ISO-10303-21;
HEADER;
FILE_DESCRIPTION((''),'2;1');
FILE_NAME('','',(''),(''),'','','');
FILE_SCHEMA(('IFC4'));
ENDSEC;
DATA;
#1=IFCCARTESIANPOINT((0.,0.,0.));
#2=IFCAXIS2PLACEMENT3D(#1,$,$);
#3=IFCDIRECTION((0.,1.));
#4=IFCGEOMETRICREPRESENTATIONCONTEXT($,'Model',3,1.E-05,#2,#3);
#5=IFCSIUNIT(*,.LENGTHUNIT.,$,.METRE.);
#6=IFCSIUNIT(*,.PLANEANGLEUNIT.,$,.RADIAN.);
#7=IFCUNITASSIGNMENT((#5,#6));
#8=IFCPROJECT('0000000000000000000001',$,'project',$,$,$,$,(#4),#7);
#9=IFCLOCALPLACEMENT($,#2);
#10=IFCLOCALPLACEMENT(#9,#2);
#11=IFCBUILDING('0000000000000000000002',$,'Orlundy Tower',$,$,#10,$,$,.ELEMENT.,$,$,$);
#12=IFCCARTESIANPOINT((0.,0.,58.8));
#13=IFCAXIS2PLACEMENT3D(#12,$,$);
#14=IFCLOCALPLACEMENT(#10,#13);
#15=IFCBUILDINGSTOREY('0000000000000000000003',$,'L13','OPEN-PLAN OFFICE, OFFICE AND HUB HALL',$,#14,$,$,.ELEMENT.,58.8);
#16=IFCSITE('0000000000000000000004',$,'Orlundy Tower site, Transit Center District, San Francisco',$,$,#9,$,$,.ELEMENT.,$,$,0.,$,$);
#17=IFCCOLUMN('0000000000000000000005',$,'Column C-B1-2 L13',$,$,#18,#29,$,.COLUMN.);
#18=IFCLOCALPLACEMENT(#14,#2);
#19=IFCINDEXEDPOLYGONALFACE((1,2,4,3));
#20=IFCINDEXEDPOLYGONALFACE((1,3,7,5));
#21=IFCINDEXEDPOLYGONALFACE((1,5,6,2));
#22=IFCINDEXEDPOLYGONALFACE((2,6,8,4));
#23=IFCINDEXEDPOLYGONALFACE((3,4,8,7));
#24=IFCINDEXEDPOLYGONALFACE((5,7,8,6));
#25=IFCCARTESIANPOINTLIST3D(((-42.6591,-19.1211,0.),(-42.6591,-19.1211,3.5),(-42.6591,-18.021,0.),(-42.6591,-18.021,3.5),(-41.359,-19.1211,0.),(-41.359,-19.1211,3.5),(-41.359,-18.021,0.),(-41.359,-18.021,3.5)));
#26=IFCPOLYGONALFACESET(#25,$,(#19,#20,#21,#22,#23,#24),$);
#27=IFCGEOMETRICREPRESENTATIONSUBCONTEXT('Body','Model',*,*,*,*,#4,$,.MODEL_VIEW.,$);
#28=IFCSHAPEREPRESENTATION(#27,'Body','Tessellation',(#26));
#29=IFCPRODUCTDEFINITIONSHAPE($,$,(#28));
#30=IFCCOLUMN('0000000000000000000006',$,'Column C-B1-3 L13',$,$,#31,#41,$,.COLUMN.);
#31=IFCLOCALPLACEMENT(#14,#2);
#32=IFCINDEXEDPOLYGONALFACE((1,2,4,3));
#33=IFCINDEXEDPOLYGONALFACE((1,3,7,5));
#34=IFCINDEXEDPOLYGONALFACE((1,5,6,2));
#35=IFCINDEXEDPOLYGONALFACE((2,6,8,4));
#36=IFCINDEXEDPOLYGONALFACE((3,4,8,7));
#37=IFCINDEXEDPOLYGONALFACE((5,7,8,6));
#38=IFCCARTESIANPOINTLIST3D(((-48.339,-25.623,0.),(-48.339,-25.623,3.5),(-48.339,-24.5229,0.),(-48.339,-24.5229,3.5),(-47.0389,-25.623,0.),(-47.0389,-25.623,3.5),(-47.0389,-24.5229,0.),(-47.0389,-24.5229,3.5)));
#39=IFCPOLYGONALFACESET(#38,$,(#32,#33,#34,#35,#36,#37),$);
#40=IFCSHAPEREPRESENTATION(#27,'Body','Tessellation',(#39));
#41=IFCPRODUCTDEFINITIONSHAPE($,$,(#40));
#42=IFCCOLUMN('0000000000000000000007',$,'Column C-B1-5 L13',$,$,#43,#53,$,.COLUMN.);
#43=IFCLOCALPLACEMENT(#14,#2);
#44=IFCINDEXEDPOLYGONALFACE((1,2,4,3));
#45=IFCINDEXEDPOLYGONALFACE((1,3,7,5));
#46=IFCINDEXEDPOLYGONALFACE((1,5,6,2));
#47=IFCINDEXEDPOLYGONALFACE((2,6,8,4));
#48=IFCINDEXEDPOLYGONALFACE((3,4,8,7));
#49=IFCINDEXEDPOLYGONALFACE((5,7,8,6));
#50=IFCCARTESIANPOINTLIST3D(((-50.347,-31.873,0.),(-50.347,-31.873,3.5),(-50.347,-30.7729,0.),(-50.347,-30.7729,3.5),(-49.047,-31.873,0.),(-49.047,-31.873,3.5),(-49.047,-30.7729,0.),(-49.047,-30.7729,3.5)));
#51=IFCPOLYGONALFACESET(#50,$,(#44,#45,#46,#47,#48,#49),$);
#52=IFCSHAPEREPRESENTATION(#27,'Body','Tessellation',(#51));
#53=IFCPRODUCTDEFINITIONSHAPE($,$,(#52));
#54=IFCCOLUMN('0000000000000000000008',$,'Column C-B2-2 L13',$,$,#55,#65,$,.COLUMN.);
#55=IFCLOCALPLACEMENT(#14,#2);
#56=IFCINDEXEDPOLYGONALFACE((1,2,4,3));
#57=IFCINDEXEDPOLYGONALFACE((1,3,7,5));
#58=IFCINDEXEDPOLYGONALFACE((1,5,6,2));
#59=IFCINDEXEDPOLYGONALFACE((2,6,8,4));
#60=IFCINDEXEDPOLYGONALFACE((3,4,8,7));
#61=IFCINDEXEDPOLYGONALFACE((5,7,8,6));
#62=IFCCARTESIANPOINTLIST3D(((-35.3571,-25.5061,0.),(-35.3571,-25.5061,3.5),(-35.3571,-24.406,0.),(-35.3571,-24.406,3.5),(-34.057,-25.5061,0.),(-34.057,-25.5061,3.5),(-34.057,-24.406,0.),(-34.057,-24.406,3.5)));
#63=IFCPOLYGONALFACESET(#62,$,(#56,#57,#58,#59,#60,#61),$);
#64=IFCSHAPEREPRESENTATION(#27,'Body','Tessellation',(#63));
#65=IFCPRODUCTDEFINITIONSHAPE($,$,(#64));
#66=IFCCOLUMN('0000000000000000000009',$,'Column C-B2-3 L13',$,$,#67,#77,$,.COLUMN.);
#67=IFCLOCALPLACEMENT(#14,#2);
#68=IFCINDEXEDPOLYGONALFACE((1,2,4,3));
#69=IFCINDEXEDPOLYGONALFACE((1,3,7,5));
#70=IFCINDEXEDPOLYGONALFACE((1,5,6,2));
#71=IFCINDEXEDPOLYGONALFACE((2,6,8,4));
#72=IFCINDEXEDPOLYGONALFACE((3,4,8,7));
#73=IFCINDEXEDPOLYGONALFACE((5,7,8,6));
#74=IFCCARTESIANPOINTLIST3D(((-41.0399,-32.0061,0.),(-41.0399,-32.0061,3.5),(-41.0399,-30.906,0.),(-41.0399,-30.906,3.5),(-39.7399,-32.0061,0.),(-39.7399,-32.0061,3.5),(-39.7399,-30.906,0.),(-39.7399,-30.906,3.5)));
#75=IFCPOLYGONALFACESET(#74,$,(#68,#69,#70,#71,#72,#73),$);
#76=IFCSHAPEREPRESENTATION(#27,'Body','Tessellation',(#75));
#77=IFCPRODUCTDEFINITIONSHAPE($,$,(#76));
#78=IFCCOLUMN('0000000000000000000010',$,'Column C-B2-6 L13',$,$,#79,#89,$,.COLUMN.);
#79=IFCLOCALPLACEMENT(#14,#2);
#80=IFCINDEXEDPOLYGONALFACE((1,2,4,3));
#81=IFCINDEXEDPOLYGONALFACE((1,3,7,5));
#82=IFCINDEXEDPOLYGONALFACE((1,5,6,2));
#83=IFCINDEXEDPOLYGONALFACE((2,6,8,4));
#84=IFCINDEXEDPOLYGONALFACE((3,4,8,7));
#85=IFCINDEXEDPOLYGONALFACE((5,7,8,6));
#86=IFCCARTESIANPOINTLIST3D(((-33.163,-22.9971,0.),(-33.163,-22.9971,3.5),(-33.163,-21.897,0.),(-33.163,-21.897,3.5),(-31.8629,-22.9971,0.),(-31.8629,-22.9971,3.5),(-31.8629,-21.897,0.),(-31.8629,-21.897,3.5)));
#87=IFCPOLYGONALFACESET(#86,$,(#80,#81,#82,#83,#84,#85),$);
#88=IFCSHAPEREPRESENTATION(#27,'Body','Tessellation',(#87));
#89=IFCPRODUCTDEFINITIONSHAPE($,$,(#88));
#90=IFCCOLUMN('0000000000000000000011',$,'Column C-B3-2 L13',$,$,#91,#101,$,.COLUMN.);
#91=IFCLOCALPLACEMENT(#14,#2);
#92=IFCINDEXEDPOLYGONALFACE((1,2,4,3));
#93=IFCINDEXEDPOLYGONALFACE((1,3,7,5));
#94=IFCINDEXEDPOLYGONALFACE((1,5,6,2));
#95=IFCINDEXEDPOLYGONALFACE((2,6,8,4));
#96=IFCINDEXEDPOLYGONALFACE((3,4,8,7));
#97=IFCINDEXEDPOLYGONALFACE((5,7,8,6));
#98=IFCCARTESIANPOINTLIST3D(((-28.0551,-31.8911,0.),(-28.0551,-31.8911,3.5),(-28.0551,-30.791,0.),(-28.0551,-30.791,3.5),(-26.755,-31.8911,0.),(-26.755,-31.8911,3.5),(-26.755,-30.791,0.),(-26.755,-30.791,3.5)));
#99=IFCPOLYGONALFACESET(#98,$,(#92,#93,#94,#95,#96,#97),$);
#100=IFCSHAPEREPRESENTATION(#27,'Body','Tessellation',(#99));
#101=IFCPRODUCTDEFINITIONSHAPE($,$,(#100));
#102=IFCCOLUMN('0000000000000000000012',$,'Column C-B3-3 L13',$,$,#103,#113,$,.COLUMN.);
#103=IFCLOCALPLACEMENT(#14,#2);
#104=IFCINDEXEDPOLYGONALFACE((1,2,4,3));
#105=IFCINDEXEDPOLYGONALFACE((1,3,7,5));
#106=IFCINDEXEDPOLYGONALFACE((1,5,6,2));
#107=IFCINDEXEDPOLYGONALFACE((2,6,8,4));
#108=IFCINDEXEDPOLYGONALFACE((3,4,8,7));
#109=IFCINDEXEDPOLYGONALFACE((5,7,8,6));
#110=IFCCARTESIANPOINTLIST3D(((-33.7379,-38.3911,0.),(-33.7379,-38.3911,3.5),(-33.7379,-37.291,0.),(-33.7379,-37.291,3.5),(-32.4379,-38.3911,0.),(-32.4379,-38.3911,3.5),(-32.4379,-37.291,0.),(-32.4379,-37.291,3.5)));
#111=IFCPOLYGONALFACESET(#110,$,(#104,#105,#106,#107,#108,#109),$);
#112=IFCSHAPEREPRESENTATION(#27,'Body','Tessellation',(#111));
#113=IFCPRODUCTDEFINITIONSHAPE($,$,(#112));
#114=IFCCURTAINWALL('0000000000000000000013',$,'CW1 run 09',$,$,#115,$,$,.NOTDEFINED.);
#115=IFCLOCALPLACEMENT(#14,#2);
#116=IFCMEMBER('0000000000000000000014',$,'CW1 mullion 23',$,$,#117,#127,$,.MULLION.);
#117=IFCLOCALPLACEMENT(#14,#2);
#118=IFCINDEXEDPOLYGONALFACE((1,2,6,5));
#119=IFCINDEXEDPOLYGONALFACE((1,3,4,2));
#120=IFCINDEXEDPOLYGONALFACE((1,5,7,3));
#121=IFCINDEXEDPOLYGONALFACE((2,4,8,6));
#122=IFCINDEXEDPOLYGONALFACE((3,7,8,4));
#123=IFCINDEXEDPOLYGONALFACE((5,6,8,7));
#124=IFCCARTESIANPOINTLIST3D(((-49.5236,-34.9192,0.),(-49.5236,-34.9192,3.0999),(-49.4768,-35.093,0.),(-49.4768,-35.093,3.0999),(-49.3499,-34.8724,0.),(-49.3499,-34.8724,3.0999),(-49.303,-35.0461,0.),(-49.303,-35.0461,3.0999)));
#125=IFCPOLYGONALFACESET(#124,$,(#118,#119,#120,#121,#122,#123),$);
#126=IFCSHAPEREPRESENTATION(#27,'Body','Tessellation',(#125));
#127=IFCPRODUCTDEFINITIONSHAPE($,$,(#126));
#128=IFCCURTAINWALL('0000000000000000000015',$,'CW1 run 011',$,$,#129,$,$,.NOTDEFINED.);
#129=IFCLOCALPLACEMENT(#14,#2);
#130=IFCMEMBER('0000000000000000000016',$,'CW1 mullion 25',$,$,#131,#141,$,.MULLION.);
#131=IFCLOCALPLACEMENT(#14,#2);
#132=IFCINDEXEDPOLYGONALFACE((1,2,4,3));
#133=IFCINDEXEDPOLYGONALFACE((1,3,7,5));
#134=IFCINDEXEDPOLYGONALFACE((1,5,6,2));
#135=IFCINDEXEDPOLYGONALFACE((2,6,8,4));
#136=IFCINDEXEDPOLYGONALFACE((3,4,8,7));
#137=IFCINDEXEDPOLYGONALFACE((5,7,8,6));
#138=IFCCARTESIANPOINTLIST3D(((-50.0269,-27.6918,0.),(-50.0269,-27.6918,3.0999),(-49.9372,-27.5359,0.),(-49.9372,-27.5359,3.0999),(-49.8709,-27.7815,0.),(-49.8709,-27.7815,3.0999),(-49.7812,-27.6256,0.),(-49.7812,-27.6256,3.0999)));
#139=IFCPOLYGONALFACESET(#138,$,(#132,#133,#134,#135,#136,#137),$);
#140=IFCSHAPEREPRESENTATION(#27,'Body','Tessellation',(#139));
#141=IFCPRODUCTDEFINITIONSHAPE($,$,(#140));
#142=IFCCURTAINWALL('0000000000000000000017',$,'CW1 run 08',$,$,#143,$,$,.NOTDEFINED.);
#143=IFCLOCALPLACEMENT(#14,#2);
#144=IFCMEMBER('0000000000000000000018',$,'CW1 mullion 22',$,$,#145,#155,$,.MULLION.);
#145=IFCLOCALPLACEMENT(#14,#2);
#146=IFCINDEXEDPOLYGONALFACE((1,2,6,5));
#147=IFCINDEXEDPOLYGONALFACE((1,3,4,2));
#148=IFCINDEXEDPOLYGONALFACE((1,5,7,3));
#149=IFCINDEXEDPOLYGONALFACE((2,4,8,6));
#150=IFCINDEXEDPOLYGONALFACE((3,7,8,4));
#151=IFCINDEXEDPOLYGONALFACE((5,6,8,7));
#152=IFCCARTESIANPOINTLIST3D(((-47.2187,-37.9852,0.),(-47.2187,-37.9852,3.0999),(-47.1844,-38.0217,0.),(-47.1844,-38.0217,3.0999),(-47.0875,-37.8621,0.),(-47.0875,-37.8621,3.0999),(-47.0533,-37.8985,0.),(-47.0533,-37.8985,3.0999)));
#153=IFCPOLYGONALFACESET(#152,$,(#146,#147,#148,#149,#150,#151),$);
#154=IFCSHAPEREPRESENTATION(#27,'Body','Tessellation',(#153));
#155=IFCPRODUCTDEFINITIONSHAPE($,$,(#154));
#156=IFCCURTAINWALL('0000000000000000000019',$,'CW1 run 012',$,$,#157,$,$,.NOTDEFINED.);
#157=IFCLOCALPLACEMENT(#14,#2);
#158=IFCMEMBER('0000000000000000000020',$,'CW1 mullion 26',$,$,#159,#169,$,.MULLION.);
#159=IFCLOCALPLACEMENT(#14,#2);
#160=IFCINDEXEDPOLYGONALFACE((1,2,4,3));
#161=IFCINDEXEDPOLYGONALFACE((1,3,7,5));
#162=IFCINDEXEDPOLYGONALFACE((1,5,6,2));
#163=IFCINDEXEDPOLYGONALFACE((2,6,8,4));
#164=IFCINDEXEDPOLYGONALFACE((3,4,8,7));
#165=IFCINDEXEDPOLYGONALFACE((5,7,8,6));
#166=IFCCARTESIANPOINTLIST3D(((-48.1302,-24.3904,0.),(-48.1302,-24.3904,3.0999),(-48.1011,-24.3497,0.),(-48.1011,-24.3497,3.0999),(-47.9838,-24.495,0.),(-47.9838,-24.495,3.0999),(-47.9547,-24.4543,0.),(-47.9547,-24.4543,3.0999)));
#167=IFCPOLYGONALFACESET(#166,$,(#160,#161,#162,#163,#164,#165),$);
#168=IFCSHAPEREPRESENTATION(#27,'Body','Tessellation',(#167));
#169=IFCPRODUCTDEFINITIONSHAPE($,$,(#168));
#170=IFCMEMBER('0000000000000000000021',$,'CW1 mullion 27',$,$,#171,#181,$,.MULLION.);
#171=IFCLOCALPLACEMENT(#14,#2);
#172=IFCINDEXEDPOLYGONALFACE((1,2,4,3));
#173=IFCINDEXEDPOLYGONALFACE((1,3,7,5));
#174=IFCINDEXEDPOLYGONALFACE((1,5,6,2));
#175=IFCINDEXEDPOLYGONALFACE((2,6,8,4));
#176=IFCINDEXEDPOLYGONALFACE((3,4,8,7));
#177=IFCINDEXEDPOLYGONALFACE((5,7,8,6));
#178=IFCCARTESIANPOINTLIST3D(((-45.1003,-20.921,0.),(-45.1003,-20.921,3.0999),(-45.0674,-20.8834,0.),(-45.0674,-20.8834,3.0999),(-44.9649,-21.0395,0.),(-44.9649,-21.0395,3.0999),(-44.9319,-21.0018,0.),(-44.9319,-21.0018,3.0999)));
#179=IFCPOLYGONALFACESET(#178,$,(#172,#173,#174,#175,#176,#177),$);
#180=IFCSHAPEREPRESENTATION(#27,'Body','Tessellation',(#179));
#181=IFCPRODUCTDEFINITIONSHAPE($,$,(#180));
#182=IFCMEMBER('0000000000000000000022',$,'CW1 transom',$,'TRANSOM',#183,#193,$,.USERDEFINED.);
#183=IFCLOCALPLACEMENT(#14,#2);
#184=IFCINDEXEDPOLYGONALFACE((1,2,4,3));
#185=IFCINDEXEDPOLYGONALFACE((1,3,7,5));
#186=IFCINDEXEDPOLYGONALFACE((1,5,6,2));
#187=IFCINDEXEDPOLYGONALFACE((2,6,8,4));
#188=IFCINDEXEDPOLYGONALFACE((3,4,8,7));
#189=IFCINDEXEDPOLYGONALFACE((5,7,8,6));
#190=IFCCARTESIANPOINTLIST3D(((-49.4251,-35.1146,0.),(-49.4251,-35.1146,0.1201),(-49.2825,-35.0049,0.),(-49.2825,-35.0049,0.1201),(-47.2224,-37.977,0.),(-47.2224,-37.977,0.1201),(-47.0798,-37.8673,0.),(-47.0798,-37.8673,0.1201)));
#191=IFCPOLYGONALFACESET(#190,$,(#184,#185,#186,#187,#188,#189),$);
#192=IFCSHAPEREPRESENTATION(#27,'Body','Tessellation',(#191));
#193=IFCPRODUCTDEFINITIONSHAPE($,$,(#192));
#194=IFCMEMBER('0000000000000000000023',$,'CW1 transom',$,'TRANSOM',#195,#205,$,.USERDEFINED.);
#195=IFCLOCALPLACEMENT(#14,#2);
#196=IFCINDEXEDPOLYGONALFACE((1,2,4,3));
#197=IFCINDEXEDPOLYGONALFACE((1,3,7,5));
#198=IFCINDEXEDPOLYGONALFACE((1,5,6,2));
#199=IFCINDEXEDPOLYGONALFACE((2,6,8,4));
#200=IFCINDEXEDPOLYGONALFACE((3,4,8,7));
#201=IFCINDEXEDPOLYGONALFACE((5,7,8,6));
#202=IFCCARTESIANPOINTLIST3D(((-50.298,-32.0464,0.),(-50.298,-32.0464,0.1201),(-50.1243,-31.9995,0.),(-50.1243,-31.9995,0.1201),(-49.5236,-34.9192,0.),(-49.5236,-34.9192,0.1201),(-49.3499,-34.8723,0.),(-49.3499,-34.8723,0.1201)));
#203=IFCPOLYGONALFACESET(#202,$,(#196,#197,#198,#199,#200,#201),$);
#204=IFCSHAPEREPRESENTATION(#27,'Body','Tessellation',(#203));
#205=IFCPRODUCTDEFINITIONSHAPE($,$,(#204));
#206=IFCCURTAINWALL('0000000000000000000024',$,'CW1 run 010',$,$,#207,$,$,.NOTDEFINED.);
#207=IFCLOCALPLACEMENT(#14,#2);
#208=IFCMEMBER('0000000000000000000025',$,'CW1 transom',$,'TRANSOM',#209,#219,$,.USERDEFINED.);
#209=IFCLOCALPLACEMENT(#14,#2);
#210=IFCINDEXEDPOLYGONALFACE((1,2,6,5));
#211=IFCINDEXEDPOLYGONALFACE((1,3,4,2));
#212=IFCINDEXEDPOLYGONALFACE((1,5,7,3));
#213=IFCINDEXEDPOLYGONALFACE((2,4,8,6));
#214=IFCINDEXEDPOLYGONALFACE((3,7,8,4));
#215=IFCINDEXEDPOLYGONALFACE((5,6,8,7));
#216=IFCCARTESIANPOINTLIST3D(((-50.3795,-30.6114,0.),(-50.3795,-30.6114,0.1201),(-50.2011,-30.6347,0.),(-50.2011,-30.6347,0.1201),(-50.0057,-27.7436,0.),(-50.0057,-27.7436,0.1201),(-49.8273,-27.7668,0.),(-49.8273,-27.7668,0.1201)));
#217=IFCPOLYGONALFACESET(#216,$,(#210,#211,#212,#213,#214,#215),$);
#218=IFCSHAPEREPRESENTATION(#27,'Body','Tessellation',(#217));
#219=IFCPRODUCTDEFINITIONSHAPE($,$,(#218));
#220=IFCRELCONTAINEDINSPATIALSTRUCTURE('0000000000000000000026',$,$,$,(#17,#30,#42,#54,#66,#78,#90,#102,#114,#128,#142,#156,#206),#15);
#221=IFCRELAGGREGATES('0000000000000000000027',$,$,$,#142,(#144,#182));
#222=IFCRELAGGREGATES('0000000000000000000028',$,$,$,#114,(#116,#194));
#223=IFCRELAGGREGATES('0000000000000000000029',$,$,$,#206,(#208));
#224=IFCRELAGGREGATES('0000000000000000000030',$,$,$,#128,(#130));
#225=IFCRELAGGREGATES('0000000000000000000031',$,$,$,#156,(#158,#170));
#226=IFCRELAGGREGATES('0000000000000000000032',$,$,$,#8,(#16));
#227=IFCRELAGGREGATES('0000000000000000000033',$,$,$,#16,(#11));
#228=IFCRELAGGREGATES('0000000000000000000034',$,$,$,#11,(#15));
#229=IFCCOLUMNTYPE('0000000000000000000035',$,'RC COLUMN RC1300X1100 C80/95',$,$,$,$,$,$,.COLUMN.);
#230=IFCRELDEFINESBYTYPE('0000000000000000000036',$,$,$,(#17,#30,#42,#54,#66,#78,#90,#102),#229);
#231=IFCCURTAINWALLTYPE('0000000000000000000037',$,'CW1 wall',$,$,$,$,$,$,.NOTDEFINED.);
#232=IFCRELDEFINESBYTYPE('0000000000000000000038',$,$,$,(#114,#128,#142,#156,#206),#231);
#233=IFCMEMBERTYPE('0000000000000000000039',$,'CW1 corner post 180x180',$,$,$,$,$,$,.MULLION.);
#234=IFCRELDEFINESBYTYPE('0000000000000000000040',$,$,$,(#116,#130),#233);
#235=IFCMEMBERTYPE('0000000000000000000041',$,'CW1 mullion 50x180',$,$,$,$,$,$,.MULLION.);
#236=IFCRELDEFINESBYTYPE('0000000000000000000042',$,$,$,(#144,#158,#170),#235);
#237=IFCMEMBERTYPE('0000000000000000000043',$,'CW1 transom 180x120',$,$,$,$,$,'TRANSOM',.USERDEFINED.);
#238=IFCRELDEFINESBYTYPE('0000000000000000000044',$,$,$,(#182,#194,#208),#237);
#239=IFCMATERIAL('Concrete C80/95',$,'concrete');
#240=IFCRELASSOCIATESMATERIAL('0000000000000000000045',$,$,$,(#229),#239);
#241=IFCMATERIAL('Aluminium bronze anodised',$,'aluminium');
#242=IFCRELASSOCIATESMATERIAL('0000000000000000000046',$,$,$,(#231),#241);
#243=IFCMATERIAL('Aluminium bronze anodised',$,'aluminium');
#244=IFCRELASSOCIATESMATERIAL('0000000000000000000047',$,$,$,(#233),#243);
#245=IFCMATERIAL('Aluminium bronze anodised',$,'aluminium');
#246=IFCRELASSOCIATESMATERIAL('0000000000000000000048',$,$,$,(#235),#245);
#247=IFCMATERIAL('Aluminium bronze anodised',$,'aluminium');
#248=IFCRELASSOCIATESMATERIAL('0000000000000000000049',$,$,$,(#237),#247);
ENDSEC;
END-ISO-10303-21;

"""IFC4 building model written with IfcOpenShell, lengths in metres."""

from ifc_helpers import new_model, si_unit, direction, frame, origin, origin_2d, place, context, subcontext, project, spatial, rectangle, extrude, material, material_profile, profile_set, type_object, element, aggregate, save


model = new_model("IFC4")

# Units and contexts
model_context = context("Model", 3, precision=1e-05, world=origin(), true_north=direction((0.0, 1.0)))
body_context = subcontext(model_context, "Body", "Model", "MODEL_VIEW")
ifc_project = project(units=[si_unit("LENGTHUNIT", "METRE"), si_unit("PLANEANGLEUNIT", "RADIAN")], contexts=[model_context])

# Site, building, storey
site_placement = place(None, origin())
site = spatial("IfcSite", under=ifc_project, at=site_placement, Name="Orlundy Tower site, Transit Center District, San Francisco", CompositionType="ELEMENT", RefElevation=0.0)
building_placement = place(site_placement, origin())
building = spatial("IfcBuilding", under=site, at=building_placement, Name="Orlundy Tower", CompositionType="ELEMENT")
storey_placement = place(building_placement, frame((0.0, 0.0, 58.8)))
storey = spatial("IfcBuildingStorey", under=building, at=storey_placement, Name="L13", Description="OPEN-PLAN OFFICE, OFFICE AND HUB HALL", CompositionType="ELEMENT", Elevation=58.8)

# Columns
ifc_material_1 = material(Name="Concrete C80/95", Category="concrete")
ifc_material_profile_1 = material_profile(ifc_material_1, rectangle(XDim=1.3, YDim=1.1001, at=origin_2d()), Name="RC1300X1100")
ifc_profile_set_1 = profile_set([ifc_material_profile_1], Name="Concrete C80/95")
column_type = type_object("IfcColumnType", Name="RC COLUMN RC1300X1100 C80/95", PredefinedType="COLUMN", material=ifc_profile_set_1)
for number, where, z_axis, x_axis, name in (
    (1, (-42.009, -18.571, 0.0), (0.0, 0.0, 1.0), (1.0, 0.0, 0.0), "Column C-B1-2 L13"),
    (2, (-47.689, -25.073, 0.0), (0.0, 0.0, 1.0), (1.0, 0.0, 0.0), "Column C-B1-3 L13"),
    (3, (-49.697, -31.323, 0.0), (0.0, 0.0, 1.0), (1.0, 0.0, 0.0), "Column C-B1-5 L13"),
    (4, (-34.707, -24.9561, 0.0), (0.0, 0.0, 1.0), (1.0, 0.0, 0.0), "Column C-B2-2 L13"),
    (5, (-40.3899, -31.4561, 0.0), (0.0, 0.0, 1.0), (1.0, 0.0, 0.0), "Column C-B2-3 L13"),
    (6, (-32.5129, -22.447, 0.0), (0.0, 0.0, 1.0), (1.0, 0.0, 0.0), "Column C-B2-6 L13"),
    (7, (-27.405, -31.3411, 0.0), (0.0, 0.0, 1.0), (1.0, 0.0, 0.0), "Column C-B3-2 L13"),
    (8, (-33.0879, -37.8411, 0.0), (0.0, 0.0, 1.0), (1.0, 0.0, 0.0), "Column C-B3-3 L13"),
):
    element("IfcColumn", number, at=place(storey_placement, frame(where, z_axis=z_axis, x_axis=x_axis)), inside=storey, type_object=column_type, Name=name, PredefinedType="COLUMN", context=body_context, shape_type="SweptSolid", body=[
        extrude(rectangle(XDim=1.3, YDim=1.1001, at=origin_2d()), origin(), (0.0, 0.0, 1.0), 3.5),
    ])

# Curtain walls, members
ifc_material_2 = material(Name="Aluminium bronze anodised", Category="aluminium")
curtain_wall_type = type_object("IfcCurtainWallType", Name="CW1 wall", PredefinedType="NOTDEFINED", material=ifc_material_2)
curtain_wall_1_placement = place(storey_placement, origin())
curtain_wall_1 = element("IfcCurtainWall", 9, at=curtain_wall_1_placement, inside=storey, type_object=curtain_wall_type, Name="CW1 run 09", PredefinedType="NOTDEFINED")
ifc_material_3 = material(Name="Aluminium bronze anodised", Category="aluminium")
ifc_material_profile_2 = material_profile(ifc_material_3, rectangle(XDim=0.1799, YDim=0.1799, at=origin_2d()), Name="CW1 corner post 180x180")
ifc_profile_set_2 = profile_set([ifc_material_profile_2], Name="Aluminium bronze anodised")
member_type_1 = type_object("IfcMemberType", Name="CW1 corner post 180x180", PredefinedType="MULLION", material=ifc_profile_set_2)
member_1_placement = place(storey_placement, frame((-49.4133, -34.9827, 0.0), z_axis=(0.0, 0.0, 1.0), x_axis=(-0.965519, -0.260331, 0.0)))
member_1 = element("IfcMember", 10, at=member_1_placement, type_object=member_type_1, Name="CW1 mullion 23", PredefinedType="MULLION", context=body_context, shape_type="SweptSolid", body=[
    extrude(rectangle(XDim=0.1799, YDim=0.1799, at=origin_2d()), origin(), (0.0, 0.0, 1.0), 3.0999),
])
curtain_wall_2_placement = place(storey_placement, origin())
curtain_wall_2 = element("IfcCurtainWall", 11, at=curtain_wall_2_placement, inside=storey, type_object=curtain_wall_type, Name="CW1 run 011", PredefinedType="NOTDEFINED")
member_2_placement = place(storey_placement, frame((-49.9041, -27.6587, 0.0), z_axis=(0.0, 0.0, 1.0), x_axis=(-0.866845, 0.498578, 0.0)))
member_2 = element("IfcMember", 12, at=member_2_placement, type_object=member_type_1, Name="CW1 mullion 25", PredefinedType="MULLION", context=body_context, shape_type="SweptSolid", body=[
    extrude(rectangle(XDim=0.1799, YDim=0.1799, at=origin_2d()), origin(), (0.0, 0.0, 1.0), 3.0999),
])
curtain_wall_3_placement = place(storey_placement, origin())
curtain_wall_3 = element("IfcCurtainWall", 13, at=curtain_wall_3_placement, inside=storey, type_object=curtain_wall_type, Name="CW1 run 08", PredefinedType="NOTDEFINED")
ifc_material_4 = material(Name="Aluminium bronze anodised", Category="aluminium")
ifc_material_profile_3 = material_profile(ifc_material_4, rectangle(XDim=0.1799, YDim=0.05, at=origin_2d()), Name="CW1 mullion 50x180")
ifc_profile_set_3 = profile_set([ifc_material_profile_3], Name="Aluminium bronze anodised")
member_type_2 = type_object("IfcMemberType", Name="CW1 mullion 50x180", PredefinedType="MULLION", material=ifc_profile_set_3)
member_3_placement = place(storey_placement, frame((-47.136, -37.9419, 0.0), z_axis=(0.0, 0.0, 1.0), x_axis=(-0.728889, -0.684632, 0.0)))
member_3 = element("IfcMember", 14, at=member_3_placement, type_object=member_type_2, Name="CW1 mullion 22", PredefinedType="MULLION", context=body_context, shape_type="SweptSolid", body=[
    extrude(rectangle(XDim=0.1799, YDim=0.05, at=origin_2d()), origin(), (0.0, 0.0, 1.0), 3.0999),
])

# Curtain wall, members
curtain_wall_4_placement = place(storey_placement, origin())
curtain_wall_4 = element("IfcCurtainWall", 15, at=curtain_wall_4_placement, inside=storey, type_object=curtain_wall_type, Name="CW1 run 012", PredefinedType="NOTDEFINED")
member_4_placement = place(storey_placement, frame((-48.0425, -24.4224, 0.0), z_axis=(0.0, 0.0, 1.0), x_axis=(-0.813739, 0.58123, 0.0)))
member_4 = element("IfcMember", 16, at=member_4_placement, type_object=member_type_2, Name="CW1 mullion 26", PredefinedType="MULLION", context=body_context, shape_type="SweptSolid", body=[
    extrude(rectangle(XDim=0.1799, YDim=0.05, at=origin_2d()), origin(), (0.0, 0.0, 1.0), 3.0999),
])
member_5_placement = place(storey_placement, frame((-45.0161, -20.9614, 0.0), z_axis=(0.0, 0.0, 1.0), x_axis=(-0.752779, 0.658273, 0.0)))
member_5 = element("IfcMember", 17, at=member_5_placement, type_object=member_type_2, Name="CW1 mullion 27", PredefinedType="MULLION", context=body_context, shape_type="SweptSolid", body=[
    extrude(rectangle(XDim=0.1799, YDim=0.05, at=origin_2d()), origin(), (0.0, 0.0, 1.0), 3.0999),
])

# Members
ifc_material_5 = material(Name="Aluminium bronze anodised", Category="aluminium")
ifc_material_profile_4 = material_profile(ifc_material_5, rectangle(XDim=0.1799, YDim=0.1201, at=origin_2d()), Name="CW1 transom 180x120")
ifc_profile_set_4 = profile_set([ifc_material_profile_4], Name="Aluminium bronze anodised")
member_type_3 = type_object("IfcMemberType", Name="CW1 transom 180x120", ElementType="TRANSOM", PredefinedType="USERDEFINED", material=ifc_profile_set_4)
member_6_placement = place(storey_placement, frame((-47.1511, -37.9221, 0.0601), z_axis=(-0.609861, 0.792508, 0.0), x_axis=(-0.792508, -0.609861, 0.0)))
member_6 = element("IfcMember", 18, at=member_6_placement, type_object=member_type_3, Name="CW1 transom", ObjectType="TRANSOM", PredefinedType="USERDEFINED", context=body_context, shape_type="SweptSolid", body=[
    extrude(rectangle(XDim=0.1799, YDim=0.1201, at=origin_2d()), origin(), (0.0, 0.0, 1.0), 3.6118),
])
member_7_placement = place(storey_placement, frame((-49.4368, -34.8958, 0.0601), z_axis=(-0.260277, 0.965534, 0.0), x_axis=(-0.965534, -0.260277, 0.0)))
member_7 = element("IfcMember", 19, at=member_7_placement, type_object=member_type_3, Name="CW1 transom", ObjectType="TRANSOM", PredefinedType="USERDEFINED", context=body_context, shape_type="SweptSolid", body=[
    extrude(rectangle(XDim=0.1799, YDim=0.1201, at=origin_2d()), origin(), (0.0, 0.0, 1.0), 2.9753),
])

# Curtain wall, member
curtain_wall_5_placement = place(storey_placement, origin())
curtain_wall_5 = element("IfcCurtainWall", 20, at=curtain_wall_5_placement, inside=storey, type_object=curtain_wall_type, Name="CW1 run 010", PredefinedType="NOTDEFINED")
member_8_placement = place(storey_placement, frame((-50.2903, -30.623, 0.0601), z_axis=(0.129238, 0.991614, 0.0), x_axis=(-0.991614, 0.129238, 0.0)))
member_8 = element("IfcMember", 21, at=member_8_placement, type_object=member_type_3, Name="CW1 transom", ObjectType="TRANSOM", PredefinedType="USERDEFINED", context=body_context, shape_type="SweptSolid", body=[
    extrude(rectangle(XDim=0.1799, YDim=0.1201, at=origin_2d()), origin(), (0.0, 0.0, 1.0), 2.8921),
])

aggregate(curtain_wall_3, [member_3, member_6])
aggregate(curtain_wall_1, [member_1, member_7])
aggregate(curtain_wall_5, [member_8])
aggregate(curtain_wall_2, [member_2])
aggregate(curtain_wall_4, [member_4, member_5])

save(model, "model.ifc")
